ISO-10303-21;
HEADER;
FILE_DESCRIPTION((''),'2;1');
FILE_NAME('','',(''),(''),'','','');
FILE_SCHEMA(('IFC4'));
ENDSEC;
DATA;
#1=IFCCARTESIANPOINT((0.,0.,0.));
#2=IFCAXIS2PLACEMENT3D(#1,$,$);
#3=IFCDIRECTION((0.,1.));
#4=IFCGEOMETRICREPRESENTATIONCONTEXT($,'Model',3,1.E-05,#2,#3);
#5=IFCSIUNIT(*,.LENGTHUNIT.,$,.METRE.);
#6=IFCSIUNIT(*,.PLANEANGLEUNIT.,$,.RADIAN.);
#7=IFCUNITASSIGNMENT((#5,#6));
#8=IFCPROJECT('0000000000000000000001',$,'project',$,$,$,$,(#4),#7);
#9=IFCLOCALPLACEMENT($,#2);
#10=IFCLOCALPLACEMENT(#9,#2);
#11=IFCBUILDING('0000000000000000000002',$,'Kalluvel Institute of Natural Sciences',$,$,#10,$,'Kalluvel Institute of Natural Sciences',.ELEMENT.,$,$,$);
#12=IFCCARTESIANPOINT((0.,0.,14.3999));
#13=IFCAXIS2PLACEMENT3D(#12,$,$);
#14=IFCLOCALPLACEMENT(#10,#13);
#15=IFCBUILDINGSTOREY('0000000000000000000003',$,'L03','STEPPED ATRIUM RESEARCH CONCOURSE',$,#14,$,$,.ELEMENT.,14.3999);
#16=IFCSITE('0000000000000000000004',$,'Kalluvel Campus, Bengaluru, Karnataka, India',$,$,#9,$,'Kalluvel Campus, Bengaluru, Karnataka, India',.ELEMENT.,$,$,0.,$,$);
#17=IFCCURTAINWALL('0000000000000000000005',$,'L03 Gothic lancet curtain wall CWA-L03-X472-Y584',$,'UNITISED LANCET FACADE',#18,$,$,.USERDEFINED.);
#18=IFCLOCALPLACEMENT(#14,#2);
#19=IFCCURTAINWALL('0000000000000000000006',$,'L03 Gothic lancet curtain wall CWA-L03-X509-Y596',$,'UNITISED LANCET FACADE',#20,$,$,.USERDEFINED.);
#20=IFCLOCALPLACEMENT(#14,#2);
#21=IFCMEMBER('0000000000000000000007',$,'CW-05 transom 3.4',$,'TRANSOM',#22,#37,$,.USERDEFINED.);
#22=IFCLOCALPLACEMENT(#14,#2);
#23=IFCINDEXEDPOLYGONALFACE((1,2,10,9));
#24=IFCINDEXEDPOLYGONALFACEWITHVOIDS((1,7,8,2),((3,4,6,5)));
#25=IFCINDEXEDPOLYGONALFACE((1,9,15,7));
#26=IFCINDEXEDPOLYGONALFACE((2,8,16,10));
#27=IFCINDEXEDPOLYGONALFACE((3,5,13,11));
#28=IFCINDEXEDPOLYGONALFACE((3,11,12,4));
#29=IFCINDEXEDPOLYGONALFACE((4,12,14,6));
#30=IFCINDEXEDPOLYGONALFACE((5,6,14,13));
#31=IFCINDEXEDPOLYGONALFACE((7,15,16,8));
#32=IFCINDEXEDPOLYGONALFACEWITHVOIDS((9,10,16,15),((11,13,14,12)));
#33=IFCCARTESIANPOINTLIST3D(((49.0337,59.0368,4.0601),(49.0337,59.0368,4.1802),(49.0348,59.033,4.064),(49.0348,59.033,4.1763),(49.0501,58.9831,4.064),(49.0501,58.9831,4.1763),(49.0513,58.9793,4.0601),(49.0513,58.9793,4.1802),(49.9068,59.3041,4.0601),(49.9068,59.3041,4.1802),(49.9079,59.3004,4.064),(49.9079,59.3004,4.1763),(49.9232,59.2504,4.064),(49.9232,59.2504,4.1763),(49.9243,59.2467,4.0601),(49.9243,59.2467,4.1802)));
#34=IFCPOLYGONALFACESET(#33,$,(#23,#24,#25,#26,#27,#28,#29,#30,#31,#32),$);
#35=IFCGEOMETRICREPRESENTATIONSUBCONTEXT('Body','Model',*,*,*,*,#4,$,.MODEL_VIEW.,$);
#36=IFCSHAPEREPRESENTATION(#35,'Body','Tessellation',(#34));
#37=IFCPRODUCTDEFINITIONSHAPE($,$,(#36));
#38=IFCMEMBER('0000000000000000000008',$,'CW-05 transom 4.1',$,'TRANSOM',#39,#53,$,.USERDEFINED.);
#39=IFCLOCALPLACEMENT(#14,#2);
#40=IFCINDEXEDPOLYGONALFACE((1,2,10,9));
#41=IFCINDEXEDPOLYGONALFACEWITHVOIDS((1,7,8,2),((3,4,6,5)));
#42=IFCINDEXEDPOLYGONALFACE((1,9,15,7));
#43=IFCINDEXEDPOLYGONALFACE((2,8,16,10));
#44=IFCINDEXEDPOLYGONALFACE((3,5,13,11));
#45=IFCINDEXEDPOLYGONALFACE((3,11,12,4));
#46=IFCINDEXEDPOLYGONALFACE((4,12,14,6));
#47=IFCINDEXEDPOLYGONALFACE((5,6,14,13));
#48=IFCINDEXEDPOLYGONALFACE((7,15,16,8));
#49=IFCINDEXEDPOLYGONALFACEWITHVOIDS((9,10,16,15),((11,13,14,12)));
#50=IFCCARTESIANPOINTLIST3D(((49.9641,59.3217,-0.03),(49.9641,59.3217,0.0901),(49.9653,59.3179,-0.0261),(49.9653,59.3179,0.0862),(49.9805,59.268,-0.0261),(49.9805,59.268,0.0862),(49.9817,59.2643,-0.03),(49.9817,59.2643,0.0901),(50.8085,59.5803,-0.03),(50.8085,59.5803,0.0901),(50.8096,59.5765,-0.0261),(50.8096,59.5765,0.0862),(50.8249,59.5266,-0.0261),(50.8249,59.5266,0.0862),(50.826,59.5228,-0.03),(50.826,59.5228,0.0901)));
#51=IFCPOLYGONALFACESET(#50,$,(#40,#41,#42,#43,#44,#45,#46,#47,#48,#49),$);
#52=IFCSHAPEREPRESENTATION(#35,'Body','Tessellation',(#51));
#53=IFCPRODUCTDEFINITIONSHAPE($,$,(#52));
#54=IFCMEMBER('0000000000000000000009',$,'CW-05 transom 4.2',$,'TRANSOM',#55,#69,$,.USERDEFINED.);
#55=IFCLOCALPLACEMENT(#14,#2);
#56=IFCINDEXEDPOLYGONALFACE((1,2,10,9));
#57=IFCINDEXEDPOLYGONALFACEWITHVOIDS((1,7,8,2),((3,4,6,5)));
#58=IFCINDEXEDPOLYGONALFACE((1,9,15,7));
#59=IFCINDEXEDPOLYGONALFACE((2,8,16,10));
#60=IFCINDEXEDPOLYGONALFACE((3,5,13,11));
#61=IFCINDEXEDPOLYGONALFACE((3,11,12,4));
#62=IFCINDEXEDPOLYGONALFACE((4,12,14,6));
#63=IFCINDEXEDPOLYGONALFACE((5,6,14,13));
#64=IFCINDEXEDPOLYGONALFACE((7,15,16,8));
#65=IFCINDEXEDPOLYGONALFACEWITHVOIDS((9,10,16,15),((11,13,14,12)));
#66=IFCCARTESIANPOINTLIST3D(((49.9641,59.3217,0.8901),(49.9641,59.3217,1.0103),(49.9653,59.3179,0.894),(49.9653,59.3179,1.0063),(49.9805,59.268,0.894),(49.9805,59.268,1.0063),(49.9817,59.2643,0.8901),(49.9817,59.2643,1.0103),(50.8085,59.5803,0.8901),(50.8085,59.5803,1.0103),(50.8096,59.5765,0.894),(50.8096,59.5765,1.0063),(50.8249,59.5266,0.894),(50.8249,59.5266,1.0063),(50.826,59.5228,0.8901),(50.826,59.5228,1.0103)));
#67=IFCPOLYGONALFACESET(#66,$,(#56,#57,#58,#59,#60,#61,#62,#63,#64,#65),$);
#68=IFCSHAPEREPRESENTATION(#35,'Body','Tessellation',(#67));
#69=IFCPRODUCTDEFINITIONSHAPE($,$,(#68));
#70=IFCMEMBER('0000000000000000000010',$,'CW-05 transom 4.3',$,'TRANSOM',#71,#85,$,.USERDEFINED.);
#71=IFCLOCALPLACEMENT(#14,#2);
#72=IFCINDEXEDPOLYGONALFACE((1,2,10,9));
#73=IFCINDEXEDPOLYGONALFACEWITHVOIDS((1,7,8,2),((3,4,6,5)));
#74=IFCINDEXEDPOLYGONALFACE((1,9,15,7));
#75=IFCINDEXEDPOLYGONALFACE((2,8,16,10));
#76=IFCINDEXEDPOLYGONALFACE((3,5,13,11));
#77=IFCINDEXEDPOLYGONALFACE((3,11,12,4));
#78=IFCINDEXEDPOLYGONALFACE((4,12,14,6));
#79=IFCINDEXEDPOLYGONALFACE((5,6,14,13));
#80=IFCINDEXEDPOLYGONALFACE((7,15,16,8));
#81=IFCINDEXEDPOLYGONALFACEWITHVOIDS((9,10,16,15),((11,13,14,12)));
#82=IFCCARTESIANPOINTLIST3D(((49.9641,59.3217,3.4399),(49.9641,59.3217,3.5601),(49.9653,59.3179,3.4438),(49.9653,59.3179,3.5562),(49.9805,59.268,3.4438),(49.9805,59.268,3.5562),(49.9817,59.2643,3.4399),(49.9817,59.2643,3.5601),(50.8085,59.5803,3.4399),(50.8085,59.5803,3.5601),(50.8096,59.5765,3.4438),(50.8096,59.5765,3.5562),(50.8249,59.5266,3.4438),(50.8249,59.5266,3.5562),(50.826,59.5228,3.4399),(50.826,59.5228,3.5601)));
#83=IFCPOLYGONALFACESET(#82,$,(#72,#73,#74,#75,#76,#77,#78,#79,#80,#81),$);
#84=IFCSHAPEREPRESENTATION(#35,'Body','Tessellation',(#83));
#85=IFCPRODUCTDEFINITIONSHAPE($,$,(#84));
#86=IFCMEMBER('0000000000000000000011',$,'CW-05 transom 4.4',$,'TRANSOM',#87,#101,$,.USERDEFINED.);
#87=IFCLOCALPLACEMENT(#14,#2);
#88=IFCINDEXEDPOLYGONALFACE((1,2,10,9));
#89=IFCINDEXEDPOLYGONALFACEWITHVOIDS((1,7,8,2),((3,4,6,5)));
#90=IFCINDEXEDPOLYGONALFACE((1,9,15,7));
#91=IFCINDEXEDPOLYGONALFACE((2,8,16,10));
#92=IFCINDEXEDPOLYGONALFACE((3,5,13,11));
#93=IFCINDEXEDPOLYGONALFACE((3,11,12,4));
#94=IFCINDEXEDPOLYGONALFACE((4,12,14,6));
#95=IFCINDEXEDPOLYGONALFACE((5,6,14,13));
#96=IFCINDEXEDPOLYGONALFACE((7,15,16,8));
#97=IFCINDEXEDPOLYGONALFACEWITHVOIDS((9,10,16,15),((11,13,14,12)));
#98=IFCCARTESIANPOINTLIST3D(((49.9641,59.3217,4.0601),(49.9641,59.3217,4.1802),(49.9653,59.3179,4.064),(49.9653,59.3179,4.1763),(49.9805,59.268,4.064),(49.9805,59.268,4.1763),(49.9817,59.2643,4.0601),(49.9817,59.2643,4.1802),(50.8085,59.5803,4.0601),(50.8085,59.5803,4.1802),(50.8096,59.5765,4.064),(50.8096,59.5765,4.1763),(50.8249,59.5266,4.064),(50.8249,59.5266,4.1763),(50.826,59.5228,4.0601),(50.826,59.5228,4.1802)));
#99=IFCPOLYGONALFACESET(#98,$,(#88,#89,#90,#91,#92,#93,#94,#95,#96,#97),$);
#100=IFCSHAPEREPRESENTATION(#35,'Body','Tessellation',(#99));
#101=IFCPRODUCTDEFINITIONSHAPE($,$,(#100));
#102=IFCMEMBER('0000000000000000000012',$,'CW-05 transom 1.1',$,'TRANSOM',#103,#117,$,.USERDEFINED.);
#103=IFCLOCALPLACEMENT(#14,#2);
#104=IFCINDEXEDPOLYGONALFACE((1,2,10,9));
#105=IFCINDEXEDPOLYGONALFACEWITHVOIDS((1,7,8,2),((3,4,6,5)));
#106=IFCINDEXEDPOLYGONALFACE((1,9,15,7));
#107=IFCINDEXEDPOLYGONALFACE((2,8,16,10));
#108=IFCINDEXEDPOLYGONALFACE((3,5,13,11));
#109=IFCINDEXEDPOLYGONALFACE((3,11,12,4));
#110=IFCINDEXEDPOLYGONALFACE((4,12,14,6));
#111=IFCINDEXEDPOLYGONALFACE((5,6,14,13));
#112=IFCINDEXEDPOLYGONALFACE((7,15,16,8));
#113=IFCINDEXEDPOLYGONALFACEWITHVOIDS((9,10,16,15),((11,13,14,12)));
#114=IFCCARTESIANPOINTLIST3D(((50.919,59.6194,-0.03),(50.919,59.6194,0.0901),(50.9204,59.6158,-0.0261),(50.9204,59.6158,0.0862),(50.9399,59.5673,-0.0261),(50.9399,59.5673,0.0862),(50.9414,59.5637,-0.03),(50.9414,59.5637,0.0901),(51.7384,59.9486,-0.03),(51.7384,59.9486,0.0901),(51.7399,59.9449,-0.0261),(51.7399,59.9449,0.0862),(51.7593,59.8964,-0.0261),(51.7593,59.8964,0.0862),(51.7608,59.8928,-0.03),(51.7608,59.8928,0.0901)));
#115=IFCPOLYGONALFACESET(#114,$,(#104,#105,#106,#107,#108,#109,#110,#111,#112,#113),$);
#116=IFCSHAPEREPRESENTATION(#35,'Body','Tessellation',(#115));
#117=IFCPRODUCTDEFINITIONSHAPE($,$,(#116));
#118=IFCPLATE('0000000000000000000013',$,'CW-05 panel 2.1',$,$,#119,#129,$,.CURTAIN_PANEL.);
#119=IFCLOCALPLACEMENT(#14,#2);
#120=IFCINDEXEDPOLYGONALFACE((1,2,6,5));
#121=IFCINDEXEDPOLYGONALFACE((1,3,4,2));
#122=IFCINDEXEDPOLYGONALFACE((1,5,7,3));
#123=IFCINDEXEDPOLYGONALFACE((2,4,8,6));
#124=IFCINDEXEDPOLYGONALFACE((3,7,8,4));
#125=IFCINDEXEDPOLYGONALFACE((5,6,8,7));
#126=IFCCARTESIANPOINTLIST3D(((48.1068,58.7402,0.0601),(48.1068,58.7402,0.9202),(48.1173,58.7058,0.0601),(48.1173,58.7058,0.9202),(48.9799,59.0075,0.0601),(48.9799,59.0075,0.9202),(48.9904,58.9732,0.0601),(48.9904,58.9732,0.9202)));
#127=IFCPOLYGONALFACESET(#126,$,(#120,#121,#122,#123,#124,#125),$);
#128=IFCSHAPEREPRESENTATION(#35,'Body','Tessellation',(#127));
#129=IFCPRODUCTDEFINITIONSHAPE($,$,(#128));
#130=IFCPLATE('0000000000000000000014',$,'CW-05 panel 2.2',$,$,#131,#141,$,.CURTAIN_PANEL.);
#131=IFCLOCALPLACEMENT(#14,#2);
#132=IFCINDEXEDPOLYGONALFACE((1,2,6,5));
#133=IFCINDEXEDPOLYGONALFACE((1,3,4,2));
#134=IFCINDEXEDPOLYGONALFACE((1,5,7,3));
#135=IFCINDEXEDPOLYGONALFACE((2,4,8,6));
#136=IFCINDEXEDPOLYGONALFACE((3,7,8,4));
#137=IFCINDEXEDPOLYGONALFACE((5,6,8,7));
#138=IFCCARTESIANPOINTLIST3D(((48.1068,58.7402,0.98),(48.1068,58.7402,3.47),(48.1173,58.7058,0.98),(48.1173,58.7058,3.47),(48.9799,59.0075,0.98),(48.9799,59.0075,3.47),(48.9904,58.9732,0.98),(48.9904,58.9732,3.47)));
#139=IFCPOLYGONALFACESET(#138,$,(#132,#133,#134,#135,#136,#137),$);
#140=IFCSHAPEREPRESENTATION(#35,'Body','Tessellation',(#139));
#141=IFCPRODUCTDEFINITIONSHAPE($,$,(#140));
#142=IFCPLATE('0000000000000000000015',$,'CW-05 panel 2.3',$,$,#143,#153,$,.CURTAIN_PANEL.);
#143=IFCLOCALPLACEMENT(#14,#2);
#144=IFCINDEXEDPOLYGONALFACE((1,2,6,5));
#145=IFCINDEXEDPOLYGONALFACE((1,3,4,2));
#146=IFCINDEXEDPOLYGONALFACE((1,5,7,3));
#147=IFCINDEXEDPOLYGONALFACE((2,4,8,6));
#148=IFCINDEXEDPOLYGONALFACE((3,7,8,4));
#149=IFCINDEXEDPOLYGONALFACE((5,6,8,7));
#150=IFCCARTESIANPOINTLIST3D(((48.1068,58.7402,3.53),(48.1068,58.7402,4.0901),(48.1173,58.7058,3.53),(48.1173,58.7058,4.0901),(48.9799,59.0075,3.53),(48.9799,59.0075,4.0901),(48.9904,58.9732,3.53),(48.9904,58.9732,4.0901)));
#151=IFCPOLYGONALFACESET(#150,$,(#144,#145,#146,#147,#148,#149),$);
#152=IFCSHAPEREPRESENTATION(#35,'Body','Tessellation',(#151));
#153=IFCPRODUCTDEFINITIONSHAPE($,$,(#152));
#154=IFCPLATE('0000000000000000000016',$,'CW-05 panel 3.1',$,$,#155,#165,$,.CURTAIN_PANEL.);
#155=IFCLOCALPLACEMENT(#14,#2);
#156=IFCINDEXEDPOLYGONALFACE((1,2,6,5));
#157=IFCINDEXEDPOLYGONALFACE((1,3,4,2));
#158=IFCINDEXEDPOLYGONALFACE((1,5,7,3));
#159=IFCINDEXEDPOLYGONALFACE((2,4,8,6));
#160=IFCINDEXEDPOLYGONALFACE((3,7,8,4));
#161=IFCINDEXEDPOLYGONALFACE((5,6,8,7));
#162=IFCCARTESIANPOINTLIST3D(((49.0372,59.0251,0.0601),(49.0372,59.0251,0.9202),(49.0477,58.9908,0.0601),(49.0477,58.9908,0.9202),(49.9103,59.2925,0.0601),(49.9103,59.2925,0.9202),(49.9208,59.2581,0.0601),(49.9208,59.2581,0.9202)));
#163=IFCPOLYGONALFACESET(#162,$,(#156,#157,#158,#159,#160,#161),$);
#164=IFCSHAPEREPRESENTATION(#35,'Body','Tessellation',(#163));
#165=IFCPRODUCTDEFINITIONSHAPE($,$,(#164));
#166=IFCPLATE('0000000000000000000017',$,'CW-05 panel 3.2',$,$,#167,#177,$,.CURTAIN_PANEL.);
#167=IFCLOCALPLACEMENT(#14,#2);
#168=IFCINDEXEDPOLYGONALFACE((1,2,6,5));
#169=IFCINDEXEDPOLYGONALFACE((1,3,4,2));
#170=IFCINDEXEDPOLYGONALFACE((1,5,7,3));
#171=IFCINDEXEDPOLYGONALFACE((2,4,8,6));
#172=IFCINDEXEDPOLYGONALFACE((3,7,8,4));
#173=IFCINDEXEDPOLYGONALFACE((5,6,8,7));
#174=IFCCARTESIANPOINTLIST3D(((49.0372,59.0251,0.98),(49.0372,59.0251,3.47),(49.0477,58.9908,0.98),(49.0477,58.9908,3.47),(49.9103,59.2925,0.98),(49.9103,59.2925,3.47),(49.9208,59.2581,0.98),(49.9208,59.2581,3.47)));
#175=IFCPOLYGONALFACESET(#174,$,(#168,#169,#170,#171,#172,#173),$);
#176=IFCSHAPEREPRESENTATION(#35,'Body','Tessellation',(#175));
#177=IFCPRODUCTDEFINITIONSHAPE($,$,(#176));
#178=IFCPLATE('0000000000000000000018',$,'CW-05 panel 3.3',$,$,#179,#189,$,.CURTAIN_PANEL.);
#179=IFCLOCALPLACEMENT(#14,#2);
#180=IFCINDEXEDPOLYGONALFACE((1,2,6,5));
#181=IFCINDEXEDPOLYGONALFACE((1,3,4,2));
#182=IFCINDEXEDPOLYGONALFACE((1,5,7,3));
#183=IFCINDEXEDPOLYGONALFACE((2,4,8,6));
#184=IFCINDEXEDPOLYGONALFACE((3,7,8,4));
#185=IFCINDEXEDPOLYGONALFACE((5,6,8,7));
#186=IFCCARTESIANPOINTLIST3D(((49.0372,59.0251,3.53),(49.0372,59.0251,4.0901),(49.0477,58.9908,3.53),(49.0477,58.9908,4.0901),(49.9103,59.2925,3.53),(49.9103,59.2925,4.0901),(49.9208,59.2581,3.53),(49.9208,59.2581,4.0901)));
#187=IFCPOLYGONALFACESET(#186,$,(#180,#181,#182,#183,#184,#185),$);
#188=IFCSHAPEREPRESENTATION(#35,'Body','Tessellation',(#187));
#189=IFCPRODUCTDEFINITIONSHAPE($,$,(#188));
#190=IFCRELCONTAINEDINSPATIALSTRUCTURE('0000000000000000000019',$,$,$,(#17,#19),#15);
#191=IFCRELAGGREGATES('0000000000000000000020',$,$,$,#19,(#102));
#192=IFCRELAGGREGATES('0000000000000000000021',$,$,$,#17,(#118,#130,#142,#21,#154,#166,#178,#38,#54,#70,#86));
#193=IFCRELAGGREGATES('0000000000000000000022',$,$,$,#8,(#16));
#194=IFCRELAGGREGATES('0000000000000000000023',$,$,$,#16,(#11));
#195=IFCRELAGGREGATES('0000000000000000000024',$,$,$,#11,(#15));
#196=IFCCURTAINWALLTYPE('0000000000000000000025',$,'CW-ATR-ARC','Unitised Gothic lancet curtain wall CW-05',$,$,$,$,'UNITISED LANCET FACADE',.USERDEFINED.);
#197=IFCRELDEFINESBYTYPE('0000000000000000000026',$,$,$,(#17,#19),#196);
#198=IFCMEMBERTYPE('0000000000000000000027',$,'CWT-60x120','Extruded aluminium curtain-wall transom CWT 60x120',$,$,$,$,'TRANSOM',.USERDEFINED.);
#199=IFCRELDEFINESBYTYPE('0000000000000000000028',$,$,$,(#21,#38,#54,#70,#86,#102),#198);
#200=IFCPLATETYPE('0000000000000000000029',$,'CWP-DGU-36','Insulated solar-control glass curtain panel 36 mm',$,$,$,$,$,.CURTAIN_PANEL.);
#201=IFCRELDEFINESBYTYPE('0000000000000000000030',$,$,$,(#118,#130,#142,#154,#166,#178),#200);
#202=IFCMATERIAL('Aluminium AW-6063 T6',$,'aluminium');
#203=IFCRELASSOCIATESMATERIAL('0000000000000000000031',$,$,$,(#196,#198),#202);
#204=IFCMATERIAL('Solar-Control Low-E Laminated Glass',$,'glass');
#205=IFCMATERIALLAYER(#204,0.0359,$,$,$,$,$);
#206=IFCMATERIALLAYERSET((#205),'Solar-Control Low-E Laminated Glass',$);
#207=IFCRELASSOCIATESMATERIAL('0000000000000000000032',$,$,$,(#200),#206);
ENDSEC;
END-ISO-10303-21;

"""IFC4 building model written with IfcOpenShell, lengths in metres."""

from ifc_helpers import new_model, si_unit, direction, frame, origin, origin_2d, place, context, subcontext, project, spatial, rectangle, hollow_rectangle, extrude, material, layer, layer_set, material_profile, profile_set, type_object, element, aggregate, save


model = new_model("IFC4")

# Units and contexts
model_context = context("Model", 3, precision=1e-05, world=origin(), true_north=direction((0.0, 1.0)))
body_context = subcontext(model_context, "Body", "Model", "MODEL_VIEW")
ifc_project = project(units=[si_unit("LENGTHUNIT", "METRE"), si_unit("PLANEANGLEUNIT", "RADIAN")], contexts=[model_context])

# Site, building, storey
site_placement = place(None, origin())
site = spatial("IfcSite", under=ifc_project, at=site_placement, Name="Kalluvel Campus, Bengaluru, Karnataka, India", LongName="Kalluvel Campus, Bengaluru, Karnataka, India", CompositionType="ELEMENT", RefElevation=0.0)
building_placement = place(site_placement, origin())
building = spatial("IfcBuilding", under=site, at=building_placement, Name="Kalluvel Institute of Natural Sciences", LongName="Kalluvel Institute of Natural Sciences", CompositionType="ELEMENT")
storey_placement = place(building_placement, frame((0.0, 0.0, 14.3999)))
storey = spatial("IfcBuildingStorey", under=building, at=storey_placement, Name="L03", Description="STEPPED ATRIUM RESEARCH CONCOURSE", CompositionType="ELEMENT", Elevation=14.3999)

# Curtain wall
ifc_material_1 = material(Name="Aluminium AW-6063 T6", Category="aluminium")
curtain_wall_type = type_object("IfcCurtainWallType", Name="CW-ATR-ARC", Description="Unitised Gothic lancet curtain wall CW-05", ElementType="UNITISED LANCET FACADE", PredefinedType="USERDEFINED", material=ifc_material_1)
curtain_wall_1_placement = place(storey_placement, origin())
curtain_wall_1 = element("IfcCurtainWall", 1, at=curtain_wall_1_placement, inside=storey, type_object=curtain_wall_type, Name="L03 Gothic lancet curtain wall CWA-L03-X472-Y584", ObjectType="UNITISED LANCET FACADE", PredefinedType="USERDEFINED")

# Curtain wall
curtain_wall_2_placement = place(storey_placement, origin())
curtain_wall_2 = element("IfcCurtainWall", 2, at=curtain_wall_2_placement, inside=storey, type_object=curtain_wall_type, Name="L03 Gothic lancet curtain wall CWA-L03-X509-Y596", ObjectType="UNITISED LANCET FACADE", PredefinedType="USERDEFINED")

# Members
ifc_material_profile_1 = material_profile(ifc_material_1, hollow_rectangle(XDim=0.0601, YDim=0.1201, WallThickness=0.0039, at=origin_2d()), Name="CWT 60x120")
ifc_profile_set_1 = profile_set([ifc_material_profile_1], Name="Aluminium AW-6063 T6")
member_type_1 = type_object("IfcMemberType", Name="CWT-60x120", Description="Extruded aluminium curtain-wall transom CWT 60x120", ElementType="TRANSOM", PredefinedType="USERDEFINED", material=ifc_profile_set_1)
member_1_placement = place(storey_placement, frame((49.0425, 59.0081, 4.1201), z_axis=(0.956177, 0.292789, 0.0), x_axis=(-0.292789, 0.956177, 0.0)))
member_1 = element("IfcMember", 3, at=member_1_placement, type_object=member_type_1, Name="CW-05 transom 3.4", ObjectType="TRANSOM", PredefinedType="USERDEFINED", context=body_context, shape_type="SweptSolid", body=[
    extrude(hollow_rectangle(XDim=0.0601, YDim=0.1201, WallThickness=0.0039, at=origin_2d()), origin(), (0.0, 0.0, 1.0), 0.9131),
])
member_2_placement = place(storey_placement, frame((49.9729, 59.293, 0.03), z_axis=(0.956167, 0.292823, 0.0), x_axis=(-0.292823, 0.956167, 0.0)))
member_2 = element("IfcMember", 4, at=member_2_placement, type_object=member_type_1, Name="CW-05 transom 4.1", ObjectType="TRANSOM", PredefinedType="USERDEFINED", context=body_context, shape_type="SweptSolid", body=[
    extrude(hollow_rectangle(XDim=0.0601, YDim=0.1201, WallThickness=0.0039, at=origin_2d()), origin(), (0.0, 0.0, 1.0), 0.8831),
])
member_3_placement = place(storey_placement, frame((49.9729, 59.293, 0.9502), z_axis=(0.956167, 0.292823, 0.0), x_axis=(-0.292823, 0.956167, 0.0)))
member_3 = element("IfcMember", 5, at=member_3_placement, type_object=member_type_1, Name="CW-05 transom 4.2", ObjectType="TRANSOM", PredefinedType="USERDEFINED", context=body_context, shape_type="SweptSolid", body=[
    extrude(hollow_rectangle(XDim=0.0601, YDim=0.1201, WallThickness=0.0039, at=origin_2d()), origin(), (0.0, 0.0, 1.0), 0.8831),
])
member_4_placement = place(storey_placement, frame((49.9729, 59.293, 3.5), z_axis=(0.956167, 0.292823, 0.0), x_axis=(-0.292823, 0.956167, 0.0)))
member_4 = element("IfcMember", 6, at=member_4_placement, type_object=member_type_1, Name="CW-05 transom 4.3", ObjectType="TRANSOM", PredefinedType="USERDEFINED", context=body_context, shape_type="SweptSolid", body=[
    extrude(hollow_rectangle(XDim=0.0601, YDim=0.1201, WallThickness=0.0039, at=origin_2d()), origin(), (0.0, 0.0, 1.0), 0.8831),
])
member_5_placement = place(storey_placement, frame((49.9729, 59.293, 4.1201), z_axis=(0.956167, 0.292823, 0.0), x_axis=(-0.292823, 0.956167, 0.0)))
member_5 = element("IfcMember", 7, at=member_5_placement, type_object=member_type_1, Name="CW-05 transom 4.4", ObjectType="TRANSOM", PredefinedType="USERDEFINED", context=body_context, shape_type="SweptSolid", body=[
    extrude(hollow_rectangle(XDim=0.0601, YDim=0.1201, WallThickness=0.0039, at=origin_2d()), origin(), (0.0, 0.0, 1.0), 0.8831),
])
member_6_placement = place(storey_placement, frame((50.9302, 59.5916, 0.03), z_axis=(0.927942, 0.372725, 0.0), x_axis=(-0.372725, 0.927942, 0.0)))
member_6 = element("IfcMember", 8, at=member_6_placement, type_object=member_type_1, Name="CW-05 transom 1.1", ObjectType="TRANSOM", PredefinedType="USERDEFINED", context=body_context, shape_type="SweptSolid", body=[
    extrude(hollow_rectangle(XDim=0.0601, YDim=0.1201, WallThickness=0.0039, at=origin_2d()), origin(), (0.0, 0.0, 1.0), 0.8831),
])
aggregate(curtain_wall_2, [member_6])

# Plates
ifc_material_2 = material(Name="Solar-Control Low-E Laminated Glass", Category="glass")
ifc_layer = layer(ifc_material_2, 0.0359)
ifc_layer_set = layer_set([ifc_layer], Name="Solar-Control Low-E Laminated Glass")
plate_type = type_object("IfcPlateType", Name="CWP-DGU-36", Description="Insulated solar-control glass curtain panel 36 mm", PredefinedType="CURTAIN_PANEL", material=ifc_layer_set)
plate_1_placement = place(storey_placement, frame((48.5486, 58.8567, 0.0601), z_axis=(0.0, 0.0, 1.0), x_axis=(0.956162, 0.292838, 0.0)))
plate_1 = element("IfcPlate", 9, at=plate_1_placement, type_object=plate_type, Name="CW-05 panel 2.1", PredefinedType="CURTAIN_PANEL", context=body_context, shape_type="SweptSolid", body=[
    extrude(rectangle(XDim=0.9131, YDim=0.0359, at=origin_2d()), origin(), (0.0, 0.0, 1.0), 0.8601),
])
plate_2_placement = place(storey_placement, frame((48.5486, 58.8567, 0.98), z_axis=(0.0, 0.0, 1.0), x_axis=(0.956162, 0.292838, 0.0)))
plate_2 = element("IfcPlate", 10, at=plate_2_placement, type_object=plate_type, Name="CW-05 panel 2.2", PredefinedType="CURTAIN_PANEL", context=body_context, shape_type="SweptSolid", body=[
    extrude(rectangle(XDim=0.9131, YDim=0.0359, at=origin_2d()), origin(), (0.0, 0.0, 1.0), 2.49),
])
plate_3_placement = place(storey_placement, frame((48.5486, 58.8567, 3.53), z_axis=(0.0, 0.0, 1.0), x_axis=(0.956162, 0.292838, 0.0)))
plate_3 = element("IfcPlate", 11, at=plate_3_placement, type_object=plate_type, Name="CW-05 panel 2.3", PredefinedType="CURTAIN_PANEL", context=body_context, shape_type="SweptSolid", body=[
    extrude(rectangle(XDim=0.9131, YDim=0.0359, at=origin_2d()), origin(), (0.0, 0.0, 1.0), 0.5601),
])
plate_4_placement = place(storey_placement, frame((49.479, 59.1416, 0.0601), z_axis=(0.0, 0.0, 1.0), x_axis=(0.956162, 0.292838, 0.0)))
plate_4 = element("IfcPlate", 12, at=plate_4_placement, type_object=plate_type, Name="CW-05 panel 3.1", PredefinedType="CURTAIN_PANEL", context=body_context, shape_type="SweptSolid", body=[
    extrude(rectangle(XDim=0.9131, YDim=0.0359, at=origin_2d()), origin(), (0.0, 0.0, 1.0), 0.8601),
])
plate_5_placement = place(storey_placement, frame((49.479, 59.1416, 0.98), z_axis=(0.0, 0.0, 1.0), x_axis=(0.956162, 0.292838, 0.0)))
plate_5 = element("IfcPlate", 13, at=plate_5_placement, type_object=plate_type, Name="CW-05 panel 3.2", PredefinedType="CURTAIN_PANEL", context=body_context, shape_type="SweptSolid", body=[
    extrude(rectangle(XDim=0.9131, YDim=0.0359, at=origin_2d()), origin(), (0.0, 0.0, 1.0), 2.49),
])
plate_6_placement = place(storey_placement, frame((49.479, 59.1416, 3.53), z_axis=(0.0, 0.0, 1.0), x_axis=(0.956162, 0.292838, 0.0)))
plate_6 = element("IfcPlate", 14, at=plate_6_placement, type_object=plate_type, Name="CW-05 panel 3.3", PredefinedType="CURTAIN_PANEL", context=body_context, shape_type="SweptSolid", body=[
    extrude(rectangle(XDim=0.9131, YDim=0.0359, at=origin_2d()), origin(), (0.0, 0.0, 1.0), 0.5601),
])
aggregate(curtain_wall_1, [plate_1, plate_2, plate_3, member_1, plate_4, plate_5, plate_6, member_2, member_3, member_4, member_5])

save(model, "model.ifc")
